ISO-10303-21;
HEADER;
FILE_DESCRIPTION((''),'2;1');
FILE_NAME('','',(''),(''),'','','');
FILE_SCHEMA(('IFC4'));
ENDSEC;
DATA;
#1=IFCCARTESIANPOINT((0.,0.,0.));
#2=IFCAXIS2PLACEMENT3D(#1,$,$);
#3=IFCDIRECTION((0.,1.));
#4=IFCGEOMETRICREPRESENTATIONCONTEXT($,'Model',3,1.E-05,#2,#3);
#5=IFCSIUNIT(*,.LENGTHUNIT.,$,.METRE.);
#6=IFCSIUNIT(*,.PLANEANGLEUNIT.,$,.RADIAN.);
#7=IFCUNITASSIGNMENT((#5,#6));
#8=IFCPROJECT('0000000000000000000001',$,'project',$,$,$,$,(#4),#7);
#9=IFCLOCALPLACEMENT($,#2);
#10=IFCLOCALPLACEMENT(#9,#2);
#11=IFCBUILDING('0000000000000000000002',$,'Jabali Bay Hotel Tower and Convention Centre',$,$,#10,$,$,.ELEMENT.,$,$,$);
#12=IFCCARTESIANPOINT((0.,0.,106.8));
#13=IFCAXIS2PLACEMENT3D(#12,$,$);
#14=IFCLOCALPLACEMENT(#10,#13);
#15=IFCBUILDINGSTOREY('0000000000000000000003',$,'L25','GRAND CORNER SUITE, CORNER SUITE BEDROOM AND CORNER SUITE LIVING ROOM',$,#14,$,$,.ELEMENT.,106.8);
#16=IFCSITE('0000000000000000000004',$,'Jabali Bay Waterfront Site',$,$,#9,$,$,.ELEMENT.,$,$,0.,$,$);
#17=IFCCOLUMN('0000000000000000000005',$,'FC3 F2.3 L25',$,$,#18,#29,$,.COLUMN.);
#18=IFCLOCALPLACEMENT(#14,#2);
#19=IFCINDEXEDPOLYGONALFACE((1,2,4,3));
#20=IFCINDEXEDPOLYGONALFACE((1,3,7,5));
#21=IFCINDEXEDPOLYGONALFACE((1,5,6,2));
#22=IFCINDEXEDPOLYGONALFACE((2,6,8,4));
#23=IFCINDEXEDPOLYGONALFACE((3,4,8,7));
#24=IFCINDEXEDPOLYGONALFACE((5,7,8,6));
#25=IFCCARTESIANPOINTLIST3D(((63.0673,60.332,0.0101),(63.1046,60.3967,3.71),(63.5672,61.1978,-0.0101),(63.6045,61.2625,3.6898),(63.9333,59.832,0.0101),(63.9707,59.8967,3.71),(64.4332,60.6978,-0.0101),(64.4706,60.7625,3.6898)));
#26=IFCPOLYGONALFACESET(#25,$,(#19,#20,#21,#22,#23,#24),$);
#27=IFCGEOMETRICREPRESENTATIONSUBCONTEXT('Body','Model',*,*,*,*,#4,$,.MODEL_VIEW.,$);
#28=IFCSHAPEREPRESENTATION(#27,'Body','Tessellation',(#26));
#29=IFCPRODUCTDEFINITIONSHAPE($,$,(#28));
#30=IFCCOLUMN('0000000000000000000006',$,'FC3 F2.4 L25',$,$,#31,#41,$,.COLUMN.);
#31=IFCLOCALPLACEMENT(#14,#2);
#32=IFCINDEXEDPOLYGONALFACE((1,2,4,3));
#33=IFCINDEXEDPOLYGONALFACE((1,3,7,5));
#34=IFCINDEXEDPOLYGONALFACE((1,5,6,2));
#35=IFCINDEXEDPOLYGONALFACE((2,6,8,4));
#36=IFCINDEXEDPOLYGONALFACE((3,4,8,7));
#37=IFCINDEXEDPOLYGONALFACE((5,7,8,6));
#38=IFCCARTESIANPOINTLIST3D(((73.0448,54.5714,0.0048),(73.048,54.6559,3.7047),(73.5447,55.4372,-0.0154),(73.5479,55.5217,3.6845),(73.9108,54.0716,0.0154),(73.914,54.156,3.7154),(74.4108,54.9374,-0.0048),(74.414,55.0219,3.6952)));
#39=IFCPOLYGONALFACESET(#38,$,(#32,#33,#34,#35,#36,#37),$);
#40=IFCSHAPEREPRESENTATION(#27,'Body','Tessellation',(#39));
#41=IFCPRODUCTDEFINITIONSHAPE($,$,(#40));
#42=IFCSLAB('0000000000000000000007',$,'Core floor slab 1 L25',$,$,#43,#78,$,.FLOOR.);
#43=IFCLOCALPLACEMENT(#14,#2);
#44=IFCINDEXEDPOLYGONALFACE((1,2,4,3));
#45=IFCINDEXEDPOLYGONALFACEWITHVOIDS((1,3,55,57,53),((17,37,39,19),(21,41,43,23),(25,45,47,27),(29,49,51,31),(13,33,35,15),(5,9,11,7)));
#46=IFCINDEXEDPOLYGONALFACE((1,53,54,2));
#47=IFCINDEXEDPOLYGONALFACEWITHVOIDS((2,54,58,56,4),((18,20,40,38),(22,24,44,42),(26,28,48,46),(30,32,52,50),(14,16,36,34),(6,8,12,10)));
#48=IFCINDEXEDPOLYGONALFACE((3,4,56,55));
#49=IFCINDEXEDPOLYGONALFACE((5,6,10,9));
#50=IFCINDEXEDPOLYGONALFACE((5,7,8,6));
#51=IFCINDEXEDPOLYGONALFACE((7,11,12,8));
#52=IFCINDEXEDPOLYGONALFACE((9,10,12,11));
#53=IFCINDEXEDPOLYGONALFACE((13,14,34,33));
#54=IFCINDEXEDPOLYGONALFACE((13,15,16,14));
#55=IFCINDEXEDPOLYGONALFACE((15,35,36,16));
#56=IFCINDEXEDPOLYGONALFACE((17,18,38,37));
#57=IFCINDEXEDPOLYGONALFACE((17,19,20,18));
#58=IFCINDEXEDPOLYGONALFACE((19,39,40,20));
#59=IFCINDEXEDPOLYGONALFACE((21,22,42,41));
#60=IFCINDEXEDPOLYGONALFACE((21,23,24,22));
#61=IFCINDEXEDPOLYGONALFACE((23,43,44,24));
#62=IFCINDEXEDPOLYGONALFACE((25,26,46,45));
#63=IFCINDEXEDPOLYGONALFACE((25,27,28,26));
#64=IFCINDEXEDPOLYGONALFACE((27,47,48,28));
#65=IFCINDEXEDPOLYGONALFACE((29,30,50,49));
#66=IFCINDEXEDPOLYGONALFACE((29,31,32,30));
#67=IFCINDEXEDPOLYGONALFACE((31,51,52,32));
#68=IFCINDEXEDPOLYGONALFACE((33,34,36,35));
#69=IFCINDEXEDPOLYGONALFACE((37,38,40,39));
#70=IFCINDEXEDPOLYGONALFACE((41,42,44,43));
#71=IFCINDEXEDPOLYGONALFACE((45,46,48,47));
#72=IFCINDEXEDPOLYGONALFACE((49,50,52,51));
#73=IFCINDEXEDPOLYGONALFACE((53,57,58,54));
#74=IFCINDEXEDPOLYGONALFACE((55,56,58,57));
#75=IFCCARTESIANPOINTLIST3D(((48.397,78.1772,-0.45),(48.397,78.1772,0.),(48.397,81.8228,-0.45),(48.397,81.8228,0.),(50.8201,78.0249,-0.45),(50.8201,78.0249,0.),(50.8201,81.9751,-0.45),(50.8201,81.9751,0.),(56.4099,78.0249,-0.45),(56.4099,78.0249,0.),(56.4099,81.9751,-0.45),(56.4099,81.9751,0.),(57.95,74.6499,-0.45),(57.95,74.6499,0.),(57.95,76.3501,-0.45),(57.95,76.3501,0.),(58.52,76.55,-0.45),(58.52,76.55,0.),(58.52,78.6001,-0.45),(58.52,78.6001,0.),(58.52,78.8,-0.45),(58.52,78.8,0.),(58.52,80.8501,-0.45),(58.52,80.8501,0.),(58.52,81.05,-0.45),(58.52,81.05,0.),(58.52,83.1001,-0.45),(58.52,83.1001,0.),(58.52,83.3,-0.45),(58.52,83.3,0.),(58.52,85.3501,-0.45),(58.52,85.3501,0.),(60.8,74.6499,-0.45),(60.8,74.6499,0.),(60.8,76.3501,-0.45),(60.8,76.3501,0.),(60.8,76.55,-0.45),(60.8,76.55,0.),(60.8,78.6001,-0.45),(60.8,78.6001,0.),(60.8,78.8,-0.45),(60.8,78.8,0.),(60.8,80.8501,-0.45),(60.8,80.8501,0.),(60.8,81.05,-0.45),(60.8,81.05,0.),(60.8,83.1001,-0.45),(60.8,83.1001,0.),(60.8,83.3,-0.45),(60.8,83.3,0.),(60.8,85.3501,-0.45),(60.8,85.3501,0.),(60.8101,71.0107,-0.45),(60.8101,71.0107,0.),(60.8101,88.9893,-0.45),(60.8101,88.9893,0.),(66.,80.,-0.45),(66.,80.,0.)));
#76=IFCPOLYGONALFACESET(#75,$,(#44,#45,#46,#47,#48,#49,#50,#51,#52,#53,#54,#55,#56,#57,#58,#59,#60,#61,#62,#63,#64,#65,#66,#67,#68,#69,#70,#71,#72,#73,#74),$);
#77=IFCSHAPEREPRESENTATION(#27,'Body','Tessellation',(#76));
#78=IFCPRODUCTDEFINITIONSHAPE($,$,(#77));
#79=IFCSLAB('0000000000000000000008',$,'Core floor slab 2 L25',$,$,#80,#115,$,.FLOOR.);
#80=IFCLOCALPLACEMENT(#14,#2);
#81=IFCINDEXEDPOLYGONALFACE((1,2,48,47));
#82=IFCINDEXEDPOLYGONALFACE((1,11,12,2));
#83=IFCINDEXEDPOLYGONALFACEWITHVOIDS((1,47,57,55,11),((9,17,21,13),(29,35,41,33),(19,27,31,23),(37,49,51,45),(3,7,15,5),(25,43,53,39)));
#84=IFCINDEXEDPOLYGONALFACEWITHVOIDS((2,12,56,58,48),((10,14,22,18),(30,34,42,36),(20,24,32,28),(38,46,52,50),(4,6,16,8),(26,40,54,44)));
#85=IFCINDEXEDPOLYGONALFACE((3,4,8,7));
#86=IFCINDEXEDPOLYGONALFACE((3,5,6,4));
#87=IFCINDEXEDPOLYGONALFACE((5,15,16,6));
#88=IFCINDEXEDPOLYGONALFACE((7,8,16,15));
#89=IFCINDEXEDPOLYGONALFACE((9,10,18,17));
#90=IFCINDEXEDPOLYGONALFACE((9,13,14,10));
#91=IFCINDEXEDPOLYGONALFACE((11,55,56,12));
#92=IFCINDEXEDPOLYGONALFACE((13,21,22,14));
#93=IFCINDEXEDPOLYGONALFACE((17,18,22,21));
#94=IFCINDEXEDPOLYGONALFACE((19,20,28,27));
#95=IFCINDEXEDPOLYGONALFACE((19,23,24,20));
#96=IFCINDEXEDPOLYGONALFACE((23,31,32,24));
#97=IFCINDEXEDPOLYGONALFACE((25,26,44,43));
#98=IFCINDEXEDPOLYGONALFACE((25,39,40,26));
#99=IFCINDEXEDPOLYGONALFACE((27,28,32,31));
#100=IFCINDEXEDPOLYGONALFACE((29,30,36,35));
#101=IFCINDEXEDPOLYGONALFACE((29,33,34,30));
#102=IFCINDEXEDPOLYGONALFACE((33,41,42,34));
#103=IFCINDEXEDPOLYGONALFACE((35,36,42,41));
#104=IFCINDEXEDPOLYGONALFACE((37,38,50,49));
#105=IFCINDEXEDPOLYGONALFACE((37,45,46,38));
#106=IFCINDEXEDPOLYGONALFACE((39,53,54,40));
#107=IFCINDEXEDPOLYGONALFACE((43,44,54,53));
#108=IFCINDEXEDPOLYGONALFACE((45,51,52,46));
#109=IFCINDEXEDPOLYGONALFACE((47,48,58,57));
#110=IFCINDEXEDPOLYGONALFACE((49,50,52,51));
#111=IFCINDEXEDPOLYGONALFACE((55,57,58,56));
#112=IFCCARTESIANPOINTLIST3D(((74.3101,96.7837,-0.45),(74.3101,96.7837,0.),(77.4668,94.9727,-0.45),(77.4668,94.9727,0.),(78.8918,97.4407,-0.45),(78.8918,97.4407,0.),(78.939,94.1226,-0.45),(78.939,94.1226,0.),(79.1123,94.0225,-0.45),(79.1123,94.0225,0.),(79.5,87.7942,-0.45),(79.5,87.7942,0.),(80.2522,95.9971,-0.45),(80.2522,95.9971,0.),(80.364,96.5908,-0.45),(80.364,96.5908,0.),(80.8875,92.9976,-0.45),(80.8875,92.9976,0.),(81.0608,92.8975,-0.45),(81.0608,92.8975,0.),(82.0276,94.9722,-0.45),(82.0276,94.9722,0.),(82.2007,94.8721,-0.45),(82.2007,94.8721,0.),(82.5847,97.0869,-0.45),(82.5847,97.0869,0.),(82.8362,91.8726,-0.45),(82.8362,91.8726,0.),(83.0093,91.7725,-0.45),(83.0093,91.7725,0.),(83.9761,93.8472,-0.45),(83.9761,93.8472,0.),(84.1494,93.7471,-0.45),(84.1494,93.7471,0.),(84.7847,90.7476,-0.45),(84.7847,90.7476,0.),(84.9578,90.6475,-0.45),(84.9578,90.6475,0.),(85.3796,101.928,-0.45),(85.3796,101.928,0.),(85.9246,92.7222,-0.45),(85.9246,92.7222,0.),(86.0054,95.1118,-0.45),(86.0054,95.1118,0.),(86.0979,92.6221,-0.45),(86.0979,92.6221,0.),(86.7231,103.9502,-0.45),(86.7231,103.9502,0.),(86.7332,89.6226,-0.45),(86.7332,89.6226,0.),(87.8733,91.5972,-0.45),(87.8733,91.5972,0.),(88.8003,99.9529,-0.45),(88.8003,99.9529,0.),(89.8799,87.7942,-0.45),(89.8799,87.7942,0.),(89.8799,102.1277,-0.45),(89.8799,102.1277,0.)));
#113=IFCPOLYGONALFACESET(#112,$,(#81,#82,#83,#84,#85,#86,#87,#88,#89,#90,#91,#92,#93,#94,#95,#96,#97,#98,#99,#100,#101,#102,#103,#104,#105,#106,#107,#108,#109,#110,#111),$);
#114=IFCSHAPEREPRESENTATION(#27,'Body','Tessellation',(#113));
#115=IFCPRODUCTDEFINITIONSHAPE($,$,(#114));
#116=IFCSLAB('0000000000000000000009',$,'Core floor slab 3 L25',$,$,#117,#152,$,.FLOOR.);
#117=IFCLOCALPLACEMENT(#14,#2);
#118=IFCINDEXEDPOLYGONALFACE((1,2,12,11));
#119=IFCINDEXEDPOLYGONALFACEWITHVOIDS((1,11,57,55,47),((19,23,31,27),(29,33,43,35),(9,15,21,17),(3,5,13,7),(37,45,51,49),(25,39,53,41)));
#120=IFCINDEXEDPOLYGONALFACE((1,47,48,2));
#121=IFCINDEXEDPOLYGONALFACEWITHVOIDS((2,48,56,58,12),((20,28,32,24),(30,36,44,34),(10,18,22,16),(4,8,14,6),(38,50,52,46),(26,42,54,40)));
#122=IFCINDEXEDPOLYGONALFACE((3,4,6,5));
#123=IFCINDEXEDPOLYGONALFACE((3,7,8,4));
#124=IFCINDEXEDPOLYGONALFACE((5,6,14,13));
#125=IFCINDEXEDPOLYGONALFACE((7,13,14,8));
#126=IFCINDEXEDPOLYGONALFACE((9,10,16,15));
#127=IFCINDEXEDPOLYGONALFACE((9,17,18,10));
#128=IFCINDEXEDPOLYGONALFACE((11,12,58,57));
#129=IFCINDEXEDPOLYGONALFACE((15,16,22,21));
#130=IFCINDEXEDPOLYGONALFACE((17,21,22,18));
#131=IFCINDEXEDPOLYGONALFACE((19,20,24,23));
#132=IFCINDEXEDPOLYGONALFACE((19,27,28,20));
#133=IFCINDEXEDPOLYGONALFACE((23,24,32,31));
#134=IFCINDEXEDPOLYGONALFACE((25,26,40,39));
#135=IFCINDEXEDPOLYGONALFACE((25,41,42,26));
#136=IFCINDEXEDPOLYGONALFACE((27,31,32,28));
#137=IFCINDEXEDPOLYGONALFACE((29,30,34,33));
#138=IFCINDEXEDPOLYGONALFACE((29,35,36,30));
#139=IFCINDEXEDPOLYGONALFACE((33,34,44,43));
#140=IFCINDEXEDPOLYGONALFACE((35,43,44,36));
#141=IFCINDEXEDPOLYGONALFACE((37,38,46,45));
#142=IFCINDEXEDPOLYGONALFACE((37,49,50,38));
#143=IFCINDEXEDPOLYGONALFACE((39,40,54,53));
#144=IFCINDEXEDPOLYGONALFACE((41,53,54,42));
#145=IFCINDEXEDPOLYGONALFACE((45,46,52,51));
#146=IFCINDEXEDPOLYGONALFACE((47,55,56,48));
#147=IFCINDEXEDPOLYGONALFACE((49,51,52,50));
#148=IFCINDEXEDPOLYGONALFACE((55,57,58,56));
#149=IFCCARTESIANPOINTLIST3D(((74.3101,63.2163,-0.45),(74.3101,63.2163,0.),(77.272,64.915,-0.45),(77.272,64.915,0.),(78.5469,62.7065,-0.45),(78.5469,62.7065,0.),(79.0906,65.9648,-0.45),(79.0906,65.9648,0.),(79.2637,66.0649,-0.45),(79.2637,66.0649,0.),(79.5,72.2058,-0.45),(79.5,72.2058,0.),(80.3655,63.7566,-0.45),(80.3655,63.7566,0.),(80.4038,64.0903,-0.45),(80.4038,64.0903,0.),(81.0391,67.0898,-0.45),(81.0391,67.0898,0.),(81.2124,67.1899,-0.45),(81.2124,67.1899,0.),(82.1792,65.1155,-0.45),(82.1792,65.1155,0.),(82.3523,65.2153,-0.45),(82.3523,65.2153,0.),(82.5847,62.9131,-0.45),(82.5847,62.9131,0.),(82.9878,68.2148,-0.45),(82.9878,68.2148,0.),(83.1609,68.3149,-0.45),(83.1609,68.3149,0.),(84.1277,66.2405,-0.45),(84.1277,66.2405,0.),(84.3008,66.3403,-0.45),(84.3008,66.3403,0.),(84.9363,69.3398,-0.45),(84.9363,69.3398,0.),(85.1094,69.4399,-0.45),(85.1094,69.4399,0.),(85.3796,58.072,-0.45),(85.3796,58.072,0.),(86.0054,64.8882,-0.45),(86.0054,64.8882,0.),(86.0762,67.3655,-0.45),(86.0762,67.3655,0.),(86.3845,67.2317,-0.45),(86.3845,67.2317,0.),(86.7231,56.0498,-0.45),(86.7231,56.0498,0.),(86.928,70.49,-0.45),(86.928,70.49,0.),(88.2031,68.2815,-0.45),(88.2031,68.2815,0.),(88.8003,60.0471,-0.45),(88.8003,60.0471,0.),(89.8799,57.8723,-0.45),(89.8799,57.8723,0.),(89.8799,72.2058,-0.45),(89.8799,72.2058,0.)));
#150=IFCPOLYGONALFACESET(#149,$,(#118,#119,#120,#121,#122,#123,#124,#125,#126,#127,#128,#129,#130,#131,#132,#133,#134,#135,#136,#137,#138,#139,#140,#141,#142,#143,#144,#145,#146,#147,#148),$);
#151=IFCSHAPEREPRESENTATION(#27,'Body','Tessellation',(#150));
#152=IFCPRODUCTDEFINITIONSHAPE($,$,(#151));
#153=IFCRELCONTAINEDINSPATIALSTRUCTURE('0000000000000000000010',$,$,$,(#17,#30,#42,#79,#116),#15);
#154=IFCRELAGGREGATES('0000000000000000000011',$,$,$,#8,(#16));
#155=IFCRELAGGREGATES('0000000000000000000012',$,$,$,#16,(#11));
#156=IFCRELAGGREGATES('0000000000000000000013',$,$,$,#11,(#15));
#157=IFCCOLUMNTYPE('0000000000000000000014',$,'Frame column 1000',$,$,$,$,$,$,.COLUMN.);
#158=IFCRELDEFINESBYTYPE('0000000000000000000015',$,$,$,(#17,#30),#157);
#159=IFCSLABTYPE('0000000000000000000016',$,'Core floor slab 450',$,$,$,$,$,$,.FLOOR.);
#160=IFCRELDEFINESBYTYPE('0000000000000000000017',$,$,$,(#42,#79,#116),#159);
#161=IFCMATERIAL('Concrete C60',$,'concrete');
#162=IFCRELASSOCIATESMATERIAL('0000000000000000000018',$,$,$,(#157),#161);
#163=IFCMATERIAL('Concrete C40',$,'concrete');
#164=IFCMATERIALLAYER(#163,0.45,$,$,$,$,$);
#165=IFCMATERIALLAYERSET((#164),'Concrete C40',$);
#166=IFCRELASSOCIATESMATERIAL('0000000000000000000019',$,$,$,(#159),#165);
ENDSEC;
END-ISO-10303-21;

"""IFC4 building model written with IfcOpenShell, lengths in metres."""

from ifc_helpers import new_model, si_unit, direction, frame, origin, origin_2d, place, context, subcontext, project, spatial, polyline, rectangle, outline, extrude, material, layer, layer_set, material_profile, profile_set, type_object, element, save


model = new_model("IFC4")

# Units and contexts
model_context = context("Model", 3, precision=1e-05, world=origin(), true_north=direction((0.0, 1.0)))
body_context = subcontext(model_context, "Body", "Model", "MODEL_VIEW")
ifc_project = project(units=[si_unit("LENGTHUNIT", "METRE"), si_unit("PLANEANGLEUNIT", "RADIAN")], contexts=[model_context])

# Site, building, storey
site_placement = place(None, origin())
site = spatial("IfcSite", under=ifc_project, at=site_placement, Name="Jabali Bay Waterfront Site", CompositionType="ELEMENT", RefElevation=0.0)
building_placement = place(site_placement, origin())
building = spatial("IfcBuilding", under=site, at=building_placement, Name="Jabali Bay Hotel Tower and Convention Centre", CompositionType="ELEMENT")
storey_placement = place(building_placement, frame((0.0, 0.0, 106.8)))
storey = spatial("IfcBuildingStorey", under=building, at=storey_placement, Name="L25", Description="GRAND CORNER SUITE, CORNER SUITE BEDROOM AND CORNER SUITE LIVING ROOM", CompositionType="ELEMENT", Elevation=106.8)

# Columns
ifc_material_1 = material(Name="Concrete C60", Category="concrete")
ifc_material_profile = material_profile(ifc_material_1, rectangle(XDim=1.0, YDim=1.0, at=origin_2d()), Name="Frame column 1000")
ifc_profile_set = profile_set([ifc_material_profile], Name="Concrete C60")
column_type = type_object("IfcColumnType", Name="Frame column 1000", PredefinedType="COLUMN", material=ifc_profile_set)
column_1_placement = place(storey_placement, frame((63.7502, 60.5149, 0.0), z_axis=(0.010094, 0.017482, 0.999796), x_axis=(-0.499907, -0.865844, 0.020187)))
element("IfcColumn", 1, at=column_1_placement, inside=storey, type_object=column_type, Name="FC3 F2.3 L25", PredefinedType="COLUMN", context=body_context, shape_type="SweptSolid", body=[
    extrude(rectangle(XDim=1.0, YDim=1.0, at=origin_2d()), origin(), (0.0, 0.0, 1.0), 3.7007),
])
column_2_placement = place(storey_placement, frame((73.7278, 54.7544, 0.0), z_axis=(0.000858, 0.022825, 0.999739), x_axis=(-0.499949, -0.865819, 0.020196)))
element("IfcColumn", 2, at=column_2_placement, inside=storey, type_object=column_type, Name="FC3 F2.4 L25", PredefinedType="COLUMN", context=body_context, shape_type="SweptSolid", body=[
    extrude(rectangle(XDim=1.0, YDim=1.0, at=origin_2d()), origin(), (0.0, 0.0, 1.0), 3.7009),
])

# Slabs
ifc_material_2 = material(Name="Concrete C40", Category="concrete")
ifc_layer_1 = layer(ifc_material_2, 0.45)
ifc_layer_set_1 = layer_set([ifc_layer_1], Name="Concrete C40")
slab_type_1 = type_object("IfcSlabType", Name="Core floor slab 450", PredefinedType="FLOOR", material=ifc_layer_set_1)
slab_1_placement = place(storey_placement, frame((0.0, 0.0, -0.45)))
element("IfcSlab", 3, at=slab_1_placement, inside=storey, type_object=slab_type_1, Name="Core floor slab 1 L25", PredefinedType="FLOOR", context=body_context, shape_type="SweptSolid", body=[
    extrude(outline(polyline([(66.0, 80.0), (60.8101, 88.9893), (48.397, 81.8228), (48.397, 78.1772), (60.8101, 71.0107), (66.0, 80.0)]), holes=[polyline([(60.8, 74.6499), (60.8, 76.3501), (57.95, 76.3501), (57.95, 74.6499), (60.8, 74.6499)]), polyline([(58.52, 76.55), (60.8, 76.55), (60.8, 78.6001), (58.52, 78.6001), (58.52, 76.55)]), polyline([(58.52, 78.8), (60.8, 78.8), (60.8, 80.8501), (58.52, 80.8501), (58.52, 78.8)]), polyline([(56.4099, 81.9751), (50.8201, 81.9751), (50.8201, 78.0249), (56.4099, 78.0249), (56.4099, 81.9751)]), polyline([(58.52, 81.05), (60.8, 81.05), (60.8, 83.1001), (58.52, 83.1001), (58.52, 81.05)]), polyline([(58.52, 83.3), (60.8, 83.3), (60.8, 85.3501), (58.52, 85.3501), (58.52, 83.3)])]), origin(), (0.0, 0.0, 1.0), 0.45),
])
slab_2_placement = place(storey_placement, frame((0.0, 0.0, -0.45)))
element("IfcSlab", 4, at=slab_2_placement, inside=storey, type_object=slab_type_1, Name="Core floor slab 2 L25", PredefinedType="FLOOR", context=body_context, shape_type="SweptSolid", body=[
    extrude(outline(polyline([(79.5, 87.7942), (89.8799, 87.7942), (89.8799, 102.1277), (86.7231, 103.9502), (74.3101, 96.7837), (79.5, 87.7942)]), holes=[polyline([(84.9578, 90.6475), (86.7332, 89.6226), (87.8733, 91.5972), (86.0979, 92.6221), (84.9578, 90.6475)]), polyline([(84.1494, 93.7471), (83.0093, 91.7725), (84.7847, 90.7476), (85.9246, 92.7222), (84.1494, 93.7471)]), polyline([(82.2007, 94.8721), (81.0608, 92.8975), (82.8362, 91.8726), (83.9761, 93.8472), (82.2007, 94.8721)]), polyline([(79.1123, 94.0225), (80.8875, 92.9976), (82.0276, 94.9722), (80.2522, 95.9971), (79.1123, 94.0225)]), polyline([(78.8918, 97.4407), (77.4668, 94.9727), (78.939, 94.1226), (80.364, 96.5908), (78.8918, 97.4407)]), polyline([(82.5847, 97.0869), (86.0054, 95.1118), (88.8003, 99.9529), (85.3796, 101.928), (82.5847, 97.0869)])]), origin(), (0.0, 0.0, 1.0), 0.45),
])
slab_3_placement = place(storey_placement, frame((0.0, 0.0, -0.45)))
element("IfcSlab", 5, at=slab_3_placement, inside=storey, type_object=slab_type_1, Name="Core floor slab 3 L25", PredefinedType="FLOOR", context=body_context, shape_type="SweptSolid", body=[
    extrude(outline(polyline([(79.5, 72.2058), (74.3101, 63.2163), (86.7231, 56.0498), (89.8799, 57.8723), (89.8799, 72.2058), (79.5, 72.2058)]), holes=[polyline([(82.5847, 62.9131), (85.3796, 58.072), (88.8003, 60.0471), (86.0054, 64.8882), (82.5847, 62.9131)]), polyline([(80.3655, 63.7566), (79.0906, 65.9648), (77.272, 64.915), (78.5469, 62.7065), (80.3655, 63.7566)]), polyline([(82.1792, 65.1155), (81.0391, 67.0898), (79.2637, 66.0649), (80.4038, 64.0903), (82.1792, 65.1155)]), polyline([(82.9878, 68.2148), (81.2124, 67.1899), (82.3523, 65.2153), (84.1277, 66.2405), (82.9878, 68.2148)]), polyline([(86.0762, 67.3655), (84.9363, 69.3398), (83.1609, 68.3149), (84.3008, 66.3403), (86.0762, 67.3655)]), polyline([(88.2031, 68.2815), (86.928, 70.49), (85.1094, 69.4399), (86.3845, 67.2317), (88.2031, 68.2815)])]), origin(), (0.0, 0.0, 1.0), 0.45),
])

save(model, "model.ifc")
